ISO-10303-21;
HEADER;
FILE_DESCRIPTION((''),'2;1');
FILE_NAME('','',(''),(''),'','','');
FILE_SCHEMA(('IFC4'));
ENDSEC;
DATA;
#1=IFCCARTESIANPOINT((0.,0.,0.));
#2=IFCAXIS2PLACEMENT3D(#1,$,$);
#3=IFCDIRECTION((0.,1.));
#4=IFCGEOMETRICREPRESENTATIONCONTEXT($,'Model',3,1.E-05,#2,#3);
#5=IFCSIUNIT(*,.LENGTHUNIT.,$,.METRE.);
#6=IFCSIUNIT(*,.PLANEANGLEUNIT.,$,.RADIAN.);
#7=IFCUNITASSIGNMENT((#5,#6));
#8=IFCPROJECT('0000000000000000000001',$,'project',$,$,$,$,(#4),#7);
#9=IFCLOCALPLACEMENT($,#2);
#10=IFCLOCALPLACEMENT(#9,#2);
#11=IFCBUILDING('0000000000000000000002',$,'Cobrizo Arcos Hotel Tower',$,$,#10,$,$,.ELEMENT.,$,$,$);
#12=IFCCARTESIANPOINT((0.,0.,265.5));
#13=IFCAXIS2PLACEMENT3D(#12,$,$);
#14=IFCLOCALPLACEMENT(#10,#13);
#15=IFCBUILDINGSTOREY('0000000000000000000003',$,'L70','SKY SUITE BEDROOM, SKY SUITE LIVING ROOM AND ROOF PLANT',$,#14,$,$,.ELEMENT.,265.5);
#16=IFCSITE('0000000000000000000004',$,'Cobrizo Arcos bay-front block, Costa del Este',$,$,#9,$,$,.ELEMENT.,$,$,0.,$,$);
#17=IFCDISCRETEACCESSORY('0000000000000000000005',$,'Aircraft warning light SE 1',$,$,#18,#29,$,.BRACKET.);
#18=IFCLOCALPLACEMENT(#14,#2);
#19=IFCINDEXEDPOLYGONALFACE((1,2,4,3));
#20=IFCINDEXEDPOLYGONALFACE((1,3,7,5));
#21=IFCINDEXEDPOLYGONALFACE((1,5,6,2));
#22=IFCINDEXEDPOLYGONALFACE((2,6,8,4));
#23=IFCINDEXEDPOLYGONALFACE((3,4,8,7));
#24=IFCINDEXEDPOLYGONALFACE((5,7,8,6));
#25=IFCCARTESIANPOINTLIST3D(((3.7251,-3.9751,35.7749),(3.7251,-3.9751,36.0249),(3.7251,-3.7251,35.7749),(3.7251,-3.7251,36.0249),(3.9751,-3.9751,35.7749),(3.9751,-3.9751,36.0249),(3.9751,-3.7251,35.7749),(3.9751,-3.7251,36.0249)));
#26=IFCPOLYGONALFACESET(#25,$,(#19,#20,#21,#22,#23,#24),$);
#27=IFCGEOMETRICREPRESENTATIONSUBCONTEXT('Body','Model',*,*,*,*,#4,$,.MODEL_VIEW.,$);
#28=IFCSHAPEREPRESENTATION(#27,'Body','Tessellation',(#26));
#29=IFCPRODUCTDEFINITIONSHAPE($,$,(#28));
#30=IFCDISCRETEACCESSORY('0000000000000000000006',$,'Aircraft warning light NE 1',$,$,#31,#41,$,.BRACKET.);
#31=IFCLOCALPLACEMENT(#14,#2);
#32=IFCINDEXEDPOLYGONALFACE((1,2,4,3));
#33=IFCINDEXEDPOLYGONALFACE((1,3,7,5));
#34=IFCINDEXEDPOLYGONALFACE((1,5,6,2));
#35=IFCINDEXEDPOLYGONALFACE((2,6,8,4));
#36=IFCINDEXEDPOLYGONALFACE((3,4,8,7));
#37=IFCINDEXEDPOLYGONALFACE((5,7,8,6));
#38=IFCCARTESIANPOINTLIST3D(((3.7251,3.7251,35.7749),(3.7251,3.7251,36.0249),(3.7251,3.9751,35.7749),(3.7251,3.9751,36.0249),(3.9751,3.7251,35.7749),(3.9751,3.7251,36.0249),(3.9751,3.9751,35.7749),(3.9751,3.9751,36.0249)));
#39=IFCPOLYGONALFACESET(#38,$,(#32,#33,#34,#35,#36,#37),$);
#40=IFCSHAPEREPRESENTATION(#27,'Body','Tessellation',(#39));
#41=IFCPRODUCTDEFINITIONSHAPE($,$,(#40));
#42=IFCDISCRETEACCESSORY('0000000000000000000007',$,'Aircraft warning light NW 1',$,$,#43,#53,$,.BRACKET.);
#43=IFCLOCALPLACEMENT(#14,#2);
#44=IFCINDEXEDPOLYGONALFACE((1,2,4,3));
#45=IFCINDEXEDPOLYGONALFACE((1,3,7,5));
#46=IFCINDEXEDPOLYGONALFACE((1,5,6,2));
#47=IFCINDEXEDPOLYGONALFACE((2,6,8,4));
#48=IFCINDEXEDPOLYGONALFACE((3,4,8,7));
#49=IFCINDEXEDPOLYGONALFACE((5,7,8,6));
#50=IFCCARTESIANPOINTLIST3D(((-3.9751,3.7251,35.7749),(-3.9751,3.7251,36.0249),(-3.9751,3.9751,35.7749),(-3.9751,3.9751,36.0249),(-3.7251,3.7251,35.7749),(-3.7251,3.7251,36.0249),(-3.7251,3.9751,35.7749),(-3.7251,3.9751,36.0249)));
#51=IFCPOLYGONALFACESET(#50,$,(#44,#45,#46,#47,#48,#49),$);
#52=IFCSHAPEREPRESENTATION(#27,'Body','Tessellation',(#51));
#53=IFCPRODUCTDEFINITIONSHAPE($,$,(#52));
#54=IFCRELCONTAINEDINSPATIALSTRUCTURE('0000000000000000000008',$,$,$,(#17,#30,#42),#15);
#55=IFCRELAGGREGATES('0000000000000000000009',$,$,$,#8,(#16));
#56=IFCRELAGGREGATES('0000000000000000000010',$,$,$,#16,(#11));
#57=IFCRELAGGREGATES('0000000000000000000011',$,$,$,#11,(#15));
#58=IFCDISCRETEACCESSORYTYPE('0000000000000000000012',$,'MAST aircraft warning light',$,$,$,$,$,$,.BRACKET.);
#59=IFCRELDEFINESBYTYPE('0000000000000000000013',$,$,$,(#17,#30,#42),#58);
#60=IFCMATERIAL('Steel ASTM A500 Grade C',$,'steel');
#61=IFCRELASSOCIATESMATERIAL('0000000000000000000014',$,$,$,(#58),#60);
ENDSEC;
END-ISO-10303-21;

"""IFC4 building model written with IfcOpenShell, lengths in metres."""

from ifc_helpers import new_model, si_unit, direction, frame, origin, origin_2d, place, context, subcontext, project, spatial, rectangle, extrude, material, type_object, element, save


model = new_model("IFC4")

# Units and contexts
model_context = context("Model", 3, precision=1e-05, world=origin(), true_north=direction((0.0, 1.0)))
body_context = subcontext(model_context, "Body", "Model", "MODEL_VIEW")
ifc_project = project(units=[si_unit("LENGTHUNIT", "METRE"), si_unit("PLANEANGLEUNIT", "RADIAN")], contexts=[model_context])

# Site, building, storey
site_placement = place(None, origin())
site = spatial("IfcSite", under=ifc_project, at=site_placement, Name="Cobrizo Arcos bay-front block, Costa del Este", CompositionType="ELEMENT", RefElevation=0.0)
building_placement = place(site_placement, origin())
building = spatial("IfcBuilding", under=site, at=building_placement, Name="Cobrizo Arcos Hotel Tower", CompositionType="ELEMENT")
storey_placement = place(building_placement, frame((0.0, 0.0, 265.5)))
storey = spatial("IfcBuildingStorey", under=building, at=storey_placement, Name="L70", Description="SKY SUITE BEDROOM, SKY SUITE LIVING ROOM AND ROOF PLANT", CompositionType="ELEMENT", Elevation=265.5)

# Shared definitions
ifc_material_1 = material(Name="Steel ASTM A500 Grade C", Category="steel")

# Discrete accessories
discrete_accessory_type = type_object("IfcDiscreteAccessoryType", Name="MAST aircraft warning light", PredefinedType="BRACKET", material=ifc_material_1)
for number, where, z_axis, x_axis, name in (
    (1, (3.8501, -3.8501, 35.7749), (0.0, 0.0, 1.0), (1.0, 0.0, 0.0), "Aircraft warning light SE 1"),
    (2, (3.8501, 3.8501, 35.7749), (0.0, 0.0, 1.0), (1.0, 0.0, 0.0), "Aircraft warning light NE 1"),
    (3, (-3.8501, 3.8501, 35.7749), (0.0, 0.0, 1.0), (1.0, 0.0, 0.0), "Aircraft warning light NW 1"),
):
    element("IfcDiscreteAccessory", number, at=place(storey_placement, frame(where, z_axis=z_axis, x_axis=x_axis)), inside=storey, type_object=discrete_accessory_type, Name=name, PredefinedType="BRACKET", context=body_context, shape_type="SweptSolid", body=[
        extrude(rectangle(XDim=0.25, YDim=0.25, at=origin_2d()), origin(), (0.0, 0.0, 1.0), 0.25),
    ])

save(model, "model.ifc")
